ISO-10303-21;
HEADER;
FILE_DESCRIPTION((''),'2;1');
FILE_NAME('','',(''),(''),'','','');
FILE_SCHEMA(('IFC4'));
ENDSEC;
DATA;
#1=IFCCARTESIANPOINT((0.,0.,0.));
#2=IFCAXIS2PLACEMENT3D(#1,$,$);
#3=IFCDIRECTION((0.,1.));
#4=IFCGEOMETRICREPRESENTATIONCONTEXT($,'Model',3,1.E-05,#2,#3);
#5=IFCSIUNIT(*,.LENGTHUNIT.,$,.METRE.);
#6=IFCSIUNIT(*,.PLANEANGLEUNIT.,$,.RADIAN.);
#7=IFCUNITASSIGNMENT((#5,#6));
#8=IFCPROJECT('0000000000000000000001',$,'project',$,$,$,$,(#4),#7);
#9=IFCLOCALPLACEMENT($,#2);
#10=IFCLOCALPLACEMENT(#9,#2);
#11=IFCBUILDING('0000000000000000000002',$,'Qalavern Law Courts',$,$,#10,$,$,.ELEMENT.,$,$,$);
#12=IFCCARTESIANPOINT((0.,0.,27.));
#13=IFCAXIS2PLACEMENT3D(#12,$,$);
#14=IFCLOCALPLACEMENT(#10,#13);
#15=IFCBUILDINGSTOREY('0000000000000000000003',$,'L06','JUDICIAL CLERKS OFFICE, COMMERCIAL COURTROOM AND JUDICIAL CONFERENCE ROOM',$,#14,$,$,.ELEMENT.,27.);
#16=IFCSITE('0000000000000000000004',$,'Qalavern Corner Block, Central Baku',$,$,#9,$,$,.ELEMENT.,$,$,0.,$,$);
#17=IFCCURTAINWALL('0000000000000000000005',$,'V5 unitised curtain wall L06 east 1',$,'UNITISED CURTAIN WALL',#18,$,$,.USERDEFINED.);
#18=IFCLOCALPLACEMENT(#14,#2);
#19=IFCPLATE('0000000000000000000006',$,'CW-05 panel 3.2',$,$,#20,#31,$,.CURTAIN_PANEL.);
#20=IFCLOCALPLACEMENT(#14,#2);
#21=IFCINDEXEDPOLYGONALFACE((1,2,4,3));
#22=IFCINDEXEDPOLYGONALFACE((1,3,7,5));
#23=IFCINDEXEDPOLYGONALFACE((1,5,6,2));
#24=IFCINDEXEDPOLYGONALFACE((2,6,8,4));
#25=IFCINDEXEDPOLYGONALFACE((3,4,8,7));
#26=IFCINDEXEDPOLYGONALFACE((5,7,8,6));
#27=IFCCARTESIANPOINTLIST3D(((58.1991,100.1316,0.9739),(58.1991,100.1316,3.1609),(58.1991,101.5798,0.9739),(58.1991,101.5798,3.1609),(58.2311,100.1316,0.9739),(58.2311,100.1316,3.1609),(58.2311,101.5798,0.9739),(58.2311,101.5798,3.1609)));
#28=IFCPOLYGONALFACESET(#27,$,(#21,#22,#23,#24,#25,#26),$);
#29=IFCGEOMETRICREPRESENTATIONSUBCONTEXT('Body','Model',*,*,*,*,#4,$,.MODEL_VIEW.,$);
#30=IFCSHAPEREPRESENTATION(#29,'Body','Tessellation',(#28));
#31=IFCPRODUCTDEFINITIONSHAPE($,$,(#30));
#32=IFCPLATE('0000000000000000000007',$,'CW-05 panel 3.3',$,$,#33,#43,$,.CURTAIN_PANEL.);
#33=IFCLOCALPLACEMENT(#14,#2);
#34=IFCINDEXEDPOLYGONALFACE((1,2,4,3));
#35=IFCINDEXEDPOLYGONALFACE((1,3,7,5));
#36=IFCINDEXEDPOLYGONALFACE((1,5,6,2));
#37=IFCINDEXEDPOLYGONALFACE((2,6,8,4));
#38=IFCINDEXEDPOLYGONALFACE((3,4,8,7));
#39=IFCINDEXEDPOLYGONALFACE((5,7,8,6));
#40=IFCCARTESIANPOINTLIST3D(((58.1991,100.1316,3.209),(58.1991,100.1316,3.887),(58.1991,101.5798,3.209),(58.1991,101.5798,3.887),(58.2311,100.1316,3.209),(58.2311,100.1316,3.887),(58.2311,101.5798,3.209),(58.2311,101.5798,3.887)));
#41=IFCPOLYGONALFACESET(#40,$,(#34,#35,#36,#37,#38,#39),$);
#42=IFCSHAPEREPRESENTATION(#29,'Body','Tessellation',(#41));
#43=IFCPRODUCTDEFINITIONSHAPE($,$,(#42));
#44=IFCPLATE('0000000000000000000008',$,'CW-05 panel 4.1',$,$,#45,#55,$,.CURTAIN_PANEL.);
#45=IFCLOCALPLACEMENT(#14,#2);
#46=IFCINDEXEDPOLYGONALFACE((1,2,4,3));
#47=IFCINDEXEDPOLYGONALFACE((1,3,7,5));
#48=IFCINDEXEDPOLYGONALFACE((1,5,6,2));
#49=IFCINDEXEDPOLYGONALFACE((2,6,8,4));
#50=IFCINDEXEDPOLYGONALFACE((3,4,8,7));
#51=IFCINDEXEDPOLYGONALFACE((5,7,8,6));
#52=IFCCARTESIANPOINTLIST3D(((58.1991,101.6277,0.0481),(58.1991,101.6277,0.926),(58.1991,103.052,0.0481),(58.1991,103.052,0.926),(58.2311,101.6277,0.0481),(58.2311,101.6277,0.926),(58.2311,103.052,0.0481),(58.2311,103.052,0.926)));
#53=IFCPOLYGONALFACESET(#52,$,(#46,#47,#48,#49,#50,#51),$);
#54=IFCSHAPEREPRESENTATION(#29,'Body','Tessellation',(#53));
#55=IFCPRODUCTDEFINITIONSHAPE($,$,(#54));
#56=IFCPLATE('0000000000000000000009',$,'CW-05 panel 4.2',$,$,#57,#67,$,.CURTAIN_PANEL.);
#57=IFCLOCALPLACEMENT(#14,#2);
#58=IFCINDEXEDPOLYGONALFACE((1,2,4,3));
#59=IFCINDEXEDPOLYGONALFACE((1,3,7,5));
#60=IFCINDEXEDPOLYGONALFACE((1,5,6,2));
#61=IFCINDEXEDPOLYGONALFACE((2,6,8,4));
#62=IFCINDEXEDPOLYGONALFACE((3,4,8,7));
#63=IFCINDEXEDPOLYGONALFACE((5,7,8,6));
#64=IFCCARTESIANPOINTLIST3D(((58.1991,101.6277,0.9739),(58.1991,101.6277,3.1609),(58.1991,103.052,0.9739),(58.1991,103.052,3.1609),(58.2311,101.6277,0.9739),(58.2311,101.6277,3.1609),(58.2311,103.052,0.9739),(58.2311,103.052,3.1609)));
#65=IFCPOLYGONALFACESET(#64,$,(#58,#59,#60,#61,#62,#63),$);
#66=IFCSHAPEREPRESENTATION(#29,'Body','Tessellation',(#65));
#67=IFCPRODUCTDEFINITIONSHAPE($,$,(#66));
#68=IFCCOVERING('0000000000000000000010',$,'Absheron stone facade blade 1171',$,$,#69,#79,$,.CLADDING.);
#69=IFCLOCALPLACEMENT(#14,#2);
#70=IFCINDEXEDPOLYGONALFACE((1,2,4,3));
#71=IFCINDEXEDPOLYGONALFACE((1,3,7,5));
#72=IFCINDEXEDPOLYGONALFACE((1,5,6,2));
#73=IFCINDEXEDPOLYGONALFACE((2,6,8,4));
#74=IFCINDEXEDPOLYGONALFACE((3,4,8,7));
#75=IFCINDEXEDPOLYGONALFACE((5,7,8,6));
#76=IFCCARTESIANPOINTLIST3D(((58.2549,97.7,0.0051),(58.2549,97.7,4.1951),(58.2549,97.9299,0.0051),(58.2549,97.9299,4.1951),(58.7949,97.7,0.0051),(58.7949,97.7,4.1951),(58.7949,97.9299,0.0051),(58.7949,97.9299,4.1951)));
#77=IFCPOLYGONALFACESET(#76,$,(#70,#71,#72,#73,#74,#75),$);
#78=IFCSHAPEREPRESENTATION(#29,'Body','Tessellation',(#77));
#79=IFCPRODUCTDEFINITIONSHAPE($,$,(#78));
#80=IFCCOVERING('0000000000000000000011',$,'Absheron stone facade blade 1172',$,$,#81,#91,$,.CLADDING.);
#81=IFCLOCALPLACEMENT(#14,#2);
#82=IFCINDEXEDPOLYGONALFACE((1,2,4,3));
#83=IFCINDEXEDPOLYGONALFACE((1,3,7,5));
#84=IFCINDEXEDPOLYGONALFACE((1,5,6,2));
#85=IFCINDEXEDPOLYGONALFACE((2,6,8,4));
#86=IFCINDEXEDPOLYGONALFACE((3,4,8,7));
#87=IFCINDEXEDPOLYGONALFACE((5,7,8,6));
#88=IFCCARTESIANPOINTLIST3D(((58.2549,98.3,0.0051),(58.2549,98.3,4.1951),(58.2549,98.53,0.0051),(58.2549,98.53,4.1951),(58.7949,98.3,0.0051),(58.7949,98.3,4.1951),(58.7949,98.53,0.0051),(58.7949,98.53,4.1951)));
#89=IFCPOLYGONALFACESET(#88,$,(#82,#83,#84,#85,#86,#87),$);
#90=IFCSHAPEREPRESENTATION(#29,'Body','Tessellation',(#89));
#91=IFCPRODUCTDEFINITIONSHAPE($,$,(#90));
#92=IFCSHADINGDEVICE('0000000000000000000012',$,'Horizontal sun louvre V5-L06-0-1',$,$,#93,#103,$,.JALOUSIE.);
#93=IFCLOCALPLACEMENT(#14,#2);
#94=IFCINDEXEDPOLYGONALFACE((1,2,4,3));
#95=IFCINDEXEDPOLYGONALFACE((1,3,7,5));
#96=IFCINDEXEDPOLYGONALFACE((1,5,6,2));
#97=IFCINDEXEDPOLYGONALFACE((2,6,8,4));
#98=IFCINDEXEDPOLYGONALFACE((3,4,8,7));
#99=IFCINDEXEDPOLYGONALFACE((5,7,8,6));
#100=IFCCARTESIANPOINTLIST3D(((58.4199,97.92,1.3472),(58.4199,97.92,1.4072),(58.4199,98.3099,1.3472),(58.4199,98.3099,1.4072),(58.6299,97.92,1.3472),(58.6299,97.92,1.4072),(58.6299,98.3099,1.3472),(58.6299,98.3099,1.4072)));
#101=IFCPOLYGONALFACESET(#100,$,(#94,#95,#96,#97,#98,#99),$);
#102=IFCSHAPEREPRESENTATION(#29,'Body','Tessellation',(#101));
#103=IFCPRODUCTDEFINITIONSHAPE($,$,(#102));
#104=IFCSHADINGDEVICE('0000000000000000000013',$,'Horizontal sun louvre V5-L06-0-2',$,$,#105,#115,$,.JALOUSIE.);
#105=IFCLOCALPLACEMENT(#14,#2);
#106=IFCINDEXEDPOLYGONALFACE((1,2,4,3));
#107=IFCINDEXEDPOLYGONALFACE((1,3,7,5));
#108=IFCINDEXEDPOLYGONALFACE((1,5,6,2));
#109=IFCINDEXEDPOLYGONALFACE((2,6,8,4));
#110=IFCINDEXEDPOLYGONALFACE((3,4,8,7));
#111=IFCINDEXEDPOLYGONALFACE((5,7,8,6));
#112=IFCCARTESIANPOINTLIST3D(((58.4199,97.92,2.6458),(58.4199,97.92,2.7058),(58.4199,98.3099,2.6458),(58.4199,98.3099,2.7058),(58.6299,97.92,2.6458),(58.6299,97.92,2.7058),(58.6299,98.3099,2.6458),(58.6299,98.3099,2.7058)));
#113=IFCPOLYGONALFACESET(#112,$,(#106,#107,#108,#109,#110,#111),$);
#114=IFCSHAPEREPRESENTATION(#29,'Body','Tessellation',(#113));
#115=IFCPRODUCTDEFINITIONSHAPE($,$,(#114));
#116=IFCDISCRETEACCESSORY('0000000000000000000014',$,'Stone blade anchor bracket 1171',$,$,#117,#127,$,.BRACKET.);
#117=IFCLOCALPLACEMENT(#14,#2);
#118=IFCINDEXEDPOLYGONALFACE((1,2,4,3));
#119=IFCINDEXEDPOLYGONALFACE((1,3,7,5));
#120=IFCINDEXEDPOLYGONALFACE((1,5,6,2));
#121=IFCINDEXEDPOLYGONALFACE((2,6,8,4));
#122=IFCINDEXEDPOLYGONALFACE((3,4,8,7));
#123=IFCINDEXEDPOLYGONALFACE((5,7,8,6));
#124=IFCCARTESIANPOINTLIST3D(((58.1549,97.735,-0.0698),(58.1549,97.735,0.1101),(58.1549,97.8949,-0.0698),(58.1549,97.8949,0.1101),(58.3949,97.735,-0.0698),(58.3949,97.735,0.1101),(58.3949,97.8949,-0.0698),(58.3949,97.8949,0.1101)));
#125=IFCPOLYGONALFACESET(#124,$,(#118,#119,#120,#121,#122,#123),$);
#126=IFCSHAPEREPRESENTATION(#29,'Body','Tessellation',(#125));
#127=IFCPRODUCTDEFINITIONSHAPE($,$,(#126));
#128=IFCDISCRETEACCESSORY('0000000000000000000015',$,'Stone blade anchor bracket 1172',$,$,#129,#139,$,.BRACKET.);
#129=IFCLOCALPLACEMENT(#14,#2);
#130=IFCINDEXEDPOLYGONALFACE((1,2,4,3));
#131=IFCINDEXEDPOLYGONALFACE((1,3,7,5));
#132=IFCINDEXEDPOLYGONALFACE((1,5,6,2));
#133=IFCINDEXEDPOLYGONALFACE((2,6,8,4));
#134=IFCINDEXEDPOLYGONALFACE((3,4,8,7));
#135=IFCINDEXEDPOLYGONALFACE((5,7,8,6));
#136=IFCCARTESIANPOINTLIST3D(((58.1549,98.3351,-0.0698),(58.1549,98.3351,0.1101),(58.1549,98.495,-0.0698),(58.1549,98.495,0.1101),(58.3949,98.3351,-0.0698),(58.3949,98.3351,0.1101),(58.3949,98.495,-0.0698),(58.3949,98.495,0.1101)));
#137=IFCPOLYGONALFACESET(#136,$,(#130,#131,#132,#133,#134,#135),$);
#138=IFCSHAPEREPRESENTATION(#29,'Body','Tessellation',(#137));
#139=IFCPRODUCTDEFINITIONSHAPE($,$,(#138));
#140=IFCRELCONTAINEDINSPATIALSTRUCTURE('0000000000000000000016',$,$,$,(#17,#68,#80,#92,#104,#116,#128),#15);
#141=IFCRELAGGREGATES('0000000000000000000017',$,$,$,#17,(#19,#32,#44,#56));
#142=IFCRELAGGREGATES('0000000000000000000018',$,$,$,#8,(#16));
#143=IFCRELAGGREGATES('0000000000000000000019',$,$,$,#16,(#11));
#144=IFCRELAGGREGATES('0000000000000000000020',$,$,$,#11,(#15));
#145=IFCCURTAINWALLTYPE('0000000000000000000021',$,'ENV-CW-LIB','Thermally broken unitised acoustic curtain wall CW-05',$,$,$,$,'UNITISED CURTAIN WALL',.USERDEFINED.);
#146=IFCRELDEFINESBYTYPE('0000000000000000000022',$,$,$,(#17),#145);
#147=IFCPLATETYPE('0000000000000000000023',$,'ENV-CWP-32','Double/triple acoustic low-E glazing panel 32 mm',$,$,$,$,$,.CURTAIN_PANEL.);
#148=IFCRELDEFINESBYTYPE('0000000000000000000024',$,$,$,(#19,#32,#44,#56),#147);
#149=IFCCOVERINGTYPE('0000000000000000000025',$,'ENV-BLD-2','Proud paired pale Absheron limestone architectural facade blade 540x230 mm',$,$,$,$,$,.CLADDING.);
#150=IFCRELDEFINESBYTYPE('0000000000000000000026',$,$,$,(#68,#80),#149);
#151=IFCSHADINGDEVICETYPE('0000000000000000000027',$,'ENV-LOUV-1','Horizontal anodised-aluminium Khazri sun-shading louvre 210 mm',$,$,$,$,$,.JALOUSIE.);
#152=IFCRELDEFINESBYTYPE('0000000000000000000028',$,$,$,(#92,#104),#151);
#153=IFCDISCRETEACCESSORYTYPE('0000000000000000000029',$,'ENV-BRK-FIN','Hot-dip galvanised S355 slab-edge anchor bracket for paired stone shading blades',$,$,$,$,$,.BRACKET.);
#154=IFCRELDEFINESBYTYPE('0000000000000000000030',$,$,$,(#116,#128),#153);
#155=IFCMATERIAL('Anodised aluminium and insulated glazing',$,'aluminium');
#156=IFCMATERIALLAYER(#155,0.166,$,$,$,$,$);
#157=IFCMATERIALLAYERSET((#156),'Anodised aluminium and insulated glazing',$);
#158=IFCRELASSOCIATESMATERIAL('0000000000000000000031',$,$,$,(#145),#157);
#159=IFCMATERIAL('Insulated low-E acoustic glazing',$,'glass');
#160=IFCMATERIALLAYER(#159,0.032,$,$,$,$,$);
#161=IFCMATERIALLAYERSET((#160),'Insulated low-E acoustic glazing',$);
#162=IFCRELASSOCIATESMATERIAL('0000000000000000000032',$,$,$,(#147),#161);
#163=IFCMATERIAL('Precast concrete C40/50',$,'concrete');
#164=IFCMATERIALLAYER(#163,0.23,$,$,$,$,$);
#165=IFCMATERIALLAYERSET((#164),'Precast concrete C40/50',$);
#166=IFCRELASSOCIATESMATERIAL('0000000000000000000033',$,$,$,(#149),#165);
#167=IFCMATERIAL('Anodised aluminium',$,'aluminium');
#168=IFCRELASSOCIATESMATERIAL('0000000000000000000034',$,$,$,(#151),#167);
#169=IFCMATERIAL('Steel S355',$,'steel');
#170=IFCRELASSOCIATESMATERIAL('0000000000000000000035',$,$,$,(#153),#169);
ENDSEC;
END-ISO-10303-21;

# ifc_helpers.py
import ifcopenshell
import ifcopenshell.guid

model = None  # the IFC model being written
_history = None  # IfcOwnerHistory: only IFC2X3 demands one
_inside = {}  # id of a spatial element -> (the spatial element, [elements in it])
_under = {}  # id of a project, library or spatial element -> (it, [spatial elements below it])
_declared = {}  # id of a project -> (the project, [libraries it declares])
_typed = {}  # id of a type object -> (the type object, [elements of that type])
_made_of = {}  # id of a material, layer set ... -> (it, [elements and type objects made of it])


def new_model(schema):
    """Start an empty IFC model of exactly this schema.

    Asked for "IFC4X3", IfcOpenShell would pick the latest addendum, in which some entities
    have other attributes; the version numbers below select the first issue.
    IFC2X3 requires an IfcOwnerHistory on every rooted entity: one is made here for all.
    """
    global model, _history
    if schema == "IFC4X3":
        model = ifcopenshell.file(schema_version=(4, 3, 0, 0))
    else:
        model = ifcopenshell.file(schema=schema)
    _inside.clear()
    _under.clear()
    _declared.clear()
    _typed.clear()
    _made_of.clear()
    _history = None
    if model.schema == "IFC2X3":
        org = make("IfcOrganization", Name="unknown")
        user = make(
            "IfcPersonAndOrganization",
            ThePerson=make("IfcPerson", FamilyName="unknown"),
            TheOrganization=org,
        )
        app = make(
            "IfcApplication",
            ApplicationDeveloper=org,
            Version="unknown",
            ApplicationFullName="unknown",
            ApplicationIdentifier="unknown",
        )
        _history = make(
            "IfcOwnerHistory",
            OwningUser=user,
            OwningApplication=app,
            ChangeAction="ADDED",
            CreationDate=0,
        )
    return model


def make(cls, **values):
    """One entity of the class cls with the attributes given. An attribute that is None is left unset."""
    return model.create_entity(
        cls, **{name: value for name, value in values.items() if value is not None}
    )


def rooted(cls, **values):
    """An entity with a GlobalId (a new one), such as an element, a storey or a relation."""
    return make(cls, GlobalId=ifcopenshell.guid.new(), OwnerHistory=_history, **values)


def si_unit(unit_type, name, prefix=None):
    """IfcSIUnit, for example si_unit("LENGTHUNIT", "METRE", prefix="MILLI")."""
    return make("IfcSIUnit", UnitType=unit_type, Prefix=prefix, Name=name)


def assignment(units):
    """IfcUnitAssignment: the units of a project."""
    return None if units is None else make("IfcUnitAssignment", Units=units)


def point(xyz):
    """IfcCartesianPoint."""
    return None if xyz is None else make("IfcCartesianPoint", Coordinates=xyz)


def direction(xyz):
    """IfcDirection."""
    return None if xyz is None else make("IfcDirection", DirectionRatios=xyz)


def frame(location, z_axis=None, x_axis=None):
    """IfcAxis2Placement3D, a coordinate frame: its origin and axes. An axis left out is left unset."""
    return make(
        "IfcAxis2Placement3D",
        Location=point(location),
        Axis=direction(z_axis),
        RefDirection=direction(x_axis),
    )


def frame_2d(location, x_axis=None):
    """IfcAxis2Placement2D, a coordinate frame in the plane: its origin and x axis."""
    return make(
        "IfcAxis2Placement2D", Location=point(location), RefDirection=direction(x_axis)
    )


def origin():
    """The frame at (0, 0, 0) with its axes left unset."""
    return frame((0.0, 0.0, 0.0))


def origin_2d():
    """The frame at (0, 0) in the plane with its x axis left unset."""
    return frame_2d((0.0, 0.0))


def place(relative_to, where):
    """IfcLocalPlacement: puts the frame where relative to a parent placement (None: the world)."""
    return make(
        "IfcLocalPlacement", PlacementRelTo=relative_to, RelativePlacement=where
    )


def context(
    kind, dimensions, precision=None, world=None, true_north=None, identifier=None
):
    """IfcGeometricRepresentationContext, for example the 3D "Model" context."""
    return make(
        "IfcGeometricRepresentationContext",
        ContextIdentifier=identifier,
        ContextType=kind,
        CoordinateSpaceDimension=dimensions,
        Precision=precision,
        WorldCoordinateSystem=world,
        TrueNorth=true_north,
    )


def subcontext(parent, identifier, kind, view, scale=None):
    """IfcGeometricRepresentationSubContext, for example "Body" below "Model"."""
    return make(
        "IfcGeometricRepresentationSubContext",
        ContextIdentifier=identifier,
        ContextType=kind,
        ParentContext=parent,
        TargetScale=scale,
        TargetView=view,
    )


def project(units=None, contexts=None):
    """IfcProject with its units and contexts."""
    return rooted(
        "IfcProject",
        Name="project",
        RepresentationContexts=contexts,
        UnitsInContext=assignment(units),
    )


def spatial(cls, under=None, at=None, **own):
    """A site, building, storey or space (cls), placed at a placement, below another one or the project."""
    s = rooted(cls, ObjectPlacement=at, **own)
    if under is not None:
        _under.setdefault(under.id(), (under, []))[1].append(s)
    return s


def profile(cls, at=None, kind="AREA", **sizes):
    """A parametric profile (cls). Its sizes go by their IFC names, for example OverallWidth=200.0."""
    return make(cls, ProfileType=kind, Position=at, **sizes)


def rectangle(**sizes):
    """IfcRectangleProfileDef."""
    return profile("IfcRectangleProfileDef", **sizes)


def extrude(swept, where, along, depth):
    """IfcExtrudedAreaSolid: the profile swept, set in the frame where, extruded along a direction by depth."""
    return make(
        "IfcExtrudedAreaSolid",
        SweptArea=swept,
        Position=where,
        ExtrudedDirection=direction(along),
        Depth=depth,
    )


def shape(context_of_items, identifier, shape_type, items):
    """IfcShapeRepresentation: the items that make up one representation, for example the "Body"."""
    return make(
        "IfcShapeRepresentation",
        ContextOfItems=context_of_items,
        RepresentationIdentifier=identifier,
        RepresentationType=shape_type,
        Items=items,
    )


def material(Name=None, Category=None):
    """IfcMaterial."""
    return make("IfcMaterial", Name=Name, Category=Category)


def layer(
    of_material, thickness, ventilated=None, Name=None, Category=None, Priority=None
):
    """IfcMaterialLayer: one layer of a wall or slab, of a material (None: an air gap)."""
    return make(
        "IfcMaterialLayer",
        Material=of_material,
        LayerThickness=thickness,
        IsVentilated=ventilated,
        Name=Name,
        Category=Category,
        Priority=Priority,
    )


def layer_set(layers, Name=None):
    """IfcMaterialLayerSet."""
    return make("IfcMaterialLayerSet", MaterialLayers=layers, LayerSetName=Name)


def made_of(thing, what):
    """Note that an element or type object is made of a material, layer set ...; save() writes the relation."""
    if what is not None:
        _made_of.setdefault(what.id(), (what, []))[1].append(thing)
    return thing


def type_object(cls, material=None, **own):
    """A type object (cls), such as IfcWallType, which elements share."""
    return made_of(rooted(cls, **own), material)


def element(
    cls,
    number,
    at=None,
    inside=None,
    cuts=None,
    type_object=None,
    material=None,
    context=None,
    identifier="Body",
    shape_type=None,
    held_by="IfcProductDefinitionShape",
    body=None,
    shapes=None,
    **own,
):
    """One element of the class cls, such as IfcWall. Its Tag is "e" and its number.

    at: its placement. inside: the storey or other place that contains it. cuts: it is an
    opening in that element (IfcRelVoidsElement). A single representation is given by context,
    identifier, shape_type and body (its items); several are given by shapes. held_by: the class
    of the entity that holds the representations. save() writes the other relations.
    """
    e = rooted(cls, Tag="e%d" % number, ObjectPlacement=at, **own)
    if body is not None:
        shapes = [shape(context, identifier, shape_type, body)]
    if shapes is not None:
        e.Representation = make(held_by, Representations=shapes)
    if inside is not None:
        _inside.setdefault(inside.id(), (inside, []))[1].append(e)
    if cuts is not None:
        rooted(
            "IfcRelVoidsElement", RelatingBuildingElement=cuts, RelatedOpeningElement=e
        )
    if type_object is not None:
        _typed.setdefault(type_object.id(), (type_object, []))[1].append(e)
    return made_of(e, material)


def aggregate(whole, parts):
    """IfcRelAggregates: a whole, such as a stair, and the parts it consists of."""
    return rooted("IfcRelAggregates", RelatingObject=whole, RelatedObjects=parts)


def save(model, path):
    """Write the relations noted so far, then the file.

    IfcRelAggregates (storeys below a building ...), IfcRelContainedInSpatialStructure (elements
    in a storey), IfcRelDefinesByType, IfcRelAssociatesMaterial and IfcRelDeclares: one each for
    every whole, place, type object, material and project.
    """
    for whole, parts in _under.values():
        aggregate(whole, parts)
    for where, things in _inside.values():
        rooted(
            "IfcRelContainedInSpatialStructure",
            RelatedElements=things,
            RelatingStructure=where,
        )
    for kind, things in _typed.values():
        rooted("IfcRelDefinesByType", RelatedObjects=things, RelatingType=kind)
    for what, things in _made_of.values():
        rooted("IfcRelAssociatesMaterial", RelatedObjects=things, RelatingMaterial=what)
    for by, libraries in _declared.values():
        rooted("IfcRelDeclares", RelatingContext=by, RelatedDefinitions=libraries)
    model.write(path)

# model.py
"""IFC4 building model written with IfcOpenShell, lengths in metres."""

from ifc_helpers import new_model, si_unit, direction, frame, origin, origin_2d, place, context, subcontext, project, spatial, rectangle, extrude, material, layer, layer_set, type_object, element, aggregate, save


model = new_model("IFC4")

# Units and contexts
model_context = context("Model", 3, precision=1e-05, world=origin(), true_north=direction((0.0, 1.0)))
body_context = subcontext(model_context, "Body", "Model", "MODEL_VIEW")
ifc_project = project(units=[si_unit("LENGTHUNIT", "METRE"), si_unit("PLANEANGLEUNIT", "RADIAN")], contexts=[model_context])

# Site, building, storey
site_placement = place(None, origin())
site = spatial("IfcSite", under=ifc_project, at=site_placement, Name="Qalavern Corner Block, Central Baku", CompositionType="ELEMENT", RefElevation=0.0)
building_placement = place(site_placement, origin())
building = spatial("IfcBuilding", under=site, at=building_placement, Name="Qalavern Law Courts", CompositionType="ELEMENT")
storey_placement = place(building_placement, frame((0.0, 0.0, 27.0)))
storey = spatial("IfcBuildingStorey", under=building, at=storey_placement, Name="L06", Description="JUDICIAL CLERKS OFFICE, COMMERCIAL COURTROOM AND JUDICIAL CONFERENCE ROOM", CompositionType="ELEMENT", Elevation=27.0)

# Curtain wall, plates
ifc_material_1 = material(Name="Anodised aluminium and insulated glazing", Category="aluminium")
ifc_layer_1 = layer(ifc_material_1, 0.166)
ifc_layer_set_1 = layer_set([ifc_layer_1], Name="Anodised aluminium and insulated glazing")
curtain_wall_type = type_object("IfcCurtainWallType", Name="ENV-CW-LIB", Description="Thermally broken unitised acoustic curtain wall CW-05", ElementType="UNITISED CURTAIN WALL", PredefinedType="USERDEFINED", material=ifc_layer_set_1)
curtain_wall_placement = place(storey_placement, origin())
curtain_wall = element("IfcCurtainWall", 1, at=curtain_wall_placement, inside=storey, type_object=curtain_wall_type, Name="V5 unitised curtain wall L06 east 1", ObjectType="UNITISED CURTAIN WALL", PredefinedType="USERDEFINED")
ifc_material_2 = material(Name="Anodised aluminium", Category="aluminium")
ifc_material_3 = material(Name="Insulated low-E acoustic glazing", Category="glass")
ifc_layer_2 = layer(ifc_material_3, 0.032)
ifc_layer_set_2 = layer_set([ifc_layer_2], Name="Insulated low-E acoustic glazing")
plate_type = type_object("IfcPlateType", Name="ENV-CWP-32", Description="Double/triple acoustic low-E glazing panel 32 mm", PredefinedType="CURTAIN_PANEL", material=ifc_layer_set_2)
plate_1_placement = place(storey_placement, frame((58.2151, 100.8557, 0.9739), z_axis=(0.0, 0.0, 1.0), x_axis=(0.0, 1.0, 0.0)))
plate_1 = element("IfcPlate", 2, at=plate_1_placement, type_object=plate_type, Name="CW-05 panel 3.2", PredefinedType="CURTAIN_PANEL", context=body_context, shape_type="SweptSolid", body=[
    extrude(rectangle(XDim=1.4482, YDim=0.032, at=origin_2d()), origin(), (0.0, 0.0, 1.0), 2.187),
])
plate_2_placement = place(storey_placement, frame((58.2151, 100.8557, 3.209), z_axis=(0.0, 0.0, 1.0), x_axis=(0.0, 1.0, 0.0)))
plate_2 = element("IfcPlate", 3, at=plate_2_placement, type_object=plate_type, Name="CW-05 panel 3.3", PredefinedType="CURTAIN_PANEL", context=body_context, shape_type="SweptSolid", body=[
    extrude(rectangle(XDim=1.4482, YDim=0.032, at=origin_2d()), origin(), (0.0, 0.0, 1.0), 0.678),
])
plate_3_placement = place(storey_placement, frame((58.2151, 102.3398, 0.0481), z_axis=(0.0, 0.0, 1.0), x_axis=(0.0, 1.0, 0.0)))
plate_3 = element("IfcPlate", 4, at=plate_3_placement, type_object=plate_type, Name="CW-05 panel 4.1", PredefinedType="CURTAIN_PANEL", context=body_context, shape_type="SweptSolid", body=[
    extrude(rectangle(XDim=1.4243, YDim=0.032, at=origin_2d()), origin(), (0.0, 0.0, 1.0), 0.8779),
])
plate_4_placement = place(storey_placement, frame((58.2151, 102.3398, 0.9739), z_axis=(0.0, 0.0, 1.0), x_axis=(0.0, 1.0, 0.0)))
plate_4 = element("IfcPlate", 5, at=plate_4_placement, type_object=plate_type, Name="CW-05 panel 4.2", PredefinedType="CURTAIN_PANEL", context=body_context, shape_type="SweptSolid", body=[
    extrude(rectangle(XDim=1.4243, YDim=0.032, at=origin_2d()), origin(), (0.0, 0.0, 1.0), 2.187),
])
aggregate(curtain_wall, [plate_1, plate_2, plate_3, plate_4])

# Coverings
ifc_material_4 = material(Name="Precast concrete C40/50", Category="concrete")
ifc_layer_3 = layer(ifc_material_4, 0.23)
ifc_layer_set_3 = layer_set([ifc_layer_3], Name="Precast concrete C40/50")
covering_type = type_object("IfcCoveringType", Name="ENV-BLD-2", Description="Proud paired pale Absheron limestone architectural facade blade 540x230 mm", PredefinedType="CLADDING", material=ifc_layer_set_3)
for number, where, z_axis, x_axis, name in (
    (6, (58.5249, 97.8149, 0.0051), (0.0, 0.0, 1.0), (1.0, 0.0, 0.0), "Absheron stone facade blade 1171"),
    (7, (58.5249, 98.415, 0.0051), (0.0, 0.0, 1.0), (1.0, 0.0, 0.0), "Absheron stone facade blade 1172"),
):
    element("IfcCovering", number, at=place(storey_placement, frame(where, z_axis=z_axis, x_axis=x_axis)), inside=storey, type_object=covering_type, Name=name, PredefinedType="CLADDING", context=body_context, shape_type="SweptSolid", body=[
        extrude(rectangle(XDim=0.54, YDim=0.23, at=origin_2d()), origin(), (0.0, 0.0, 1.0), 4.1899),
    ])

# Shading devices
shading_device_type = type_object("IfcShadingDeviceType", Name="ENV-LOUV-1", Description="Horizontal anodised-aluminium Khazri sun-shading louvre 210 mm", PredefinedType="JALOUSIE", material=ifc_material_2)
for number, where, z_axis, x_axis, name in (
    (8, (58.5249, 98.115, 1.3472), (0.0, 0.0, 1.0), (0.0, 1.0, 0.0), "Horizontal sun louvre V5-L06-0-1"),
    (9, (58.5249, 98.115, 2.6458), (0.0, 0.0, 1.0), (0.0, 1.0, 0.0), "Horizontal sun louvre V5-L06-0-2"),
):
    element("IfcShadingDevice", number, at=place(storey_placement, frame(where, z_axis=z_axis, x_axis=x_axis)), inside=storey, type_object=shading_device_type, Name=name, PredefinedType="JALOUSIE", context=body_context, shape_type="SweptSolid", body=[
        extrude(rectangle(XDim=0.3899, YDim=0.21, at=origin_2d()), origin(), (0.0, 0.0, 1.0), 0.0601),
    ])

# Discrete accessories
ifc_material_5 = material(Name="Steel S355", Category="steel")
discrete_accessory_type = type_object("IfcDiscreteAccessoryType", Name="ENV-BRK-FIN", Description="Hot-dip galvanised S355 slab-edge anchor bracket for paired stone shading blades", PredefinedType="BRACKET", material=ifc_material_5)
for number, where, z_axis, x_axis, name in (
    (10, (58.2749, 97.8149, -0.0698), (0.0, 0.0, 1.0), (1.0, 0.0, 0.0), "Stone blade anchor bracket 1171"),
    (11, (58.2749, 98.415, -0.0698), (0.0, 0.0, 1.0), (1.0, 0.0, 0.0), "Stone blade anchor bracket 1172"),
):
    element("IfcDiscreteAccessory", number, at=place(storey_placement, frame(where, z_axis=z_axis, x_axis=x_axis)), inside=storey, type_object=discrete_accessory_type, Name=name, PredefinedType="BRACKET", context=body_context, shape_type="SweptSolid", body=[
        extrude(rectangle(XDim=0.24, YDim=0.1599, at=origin_2d()), origin(), (0.0, 0.0, 1.0), 0.1799),
    ])

save(model, "model.ifc")
